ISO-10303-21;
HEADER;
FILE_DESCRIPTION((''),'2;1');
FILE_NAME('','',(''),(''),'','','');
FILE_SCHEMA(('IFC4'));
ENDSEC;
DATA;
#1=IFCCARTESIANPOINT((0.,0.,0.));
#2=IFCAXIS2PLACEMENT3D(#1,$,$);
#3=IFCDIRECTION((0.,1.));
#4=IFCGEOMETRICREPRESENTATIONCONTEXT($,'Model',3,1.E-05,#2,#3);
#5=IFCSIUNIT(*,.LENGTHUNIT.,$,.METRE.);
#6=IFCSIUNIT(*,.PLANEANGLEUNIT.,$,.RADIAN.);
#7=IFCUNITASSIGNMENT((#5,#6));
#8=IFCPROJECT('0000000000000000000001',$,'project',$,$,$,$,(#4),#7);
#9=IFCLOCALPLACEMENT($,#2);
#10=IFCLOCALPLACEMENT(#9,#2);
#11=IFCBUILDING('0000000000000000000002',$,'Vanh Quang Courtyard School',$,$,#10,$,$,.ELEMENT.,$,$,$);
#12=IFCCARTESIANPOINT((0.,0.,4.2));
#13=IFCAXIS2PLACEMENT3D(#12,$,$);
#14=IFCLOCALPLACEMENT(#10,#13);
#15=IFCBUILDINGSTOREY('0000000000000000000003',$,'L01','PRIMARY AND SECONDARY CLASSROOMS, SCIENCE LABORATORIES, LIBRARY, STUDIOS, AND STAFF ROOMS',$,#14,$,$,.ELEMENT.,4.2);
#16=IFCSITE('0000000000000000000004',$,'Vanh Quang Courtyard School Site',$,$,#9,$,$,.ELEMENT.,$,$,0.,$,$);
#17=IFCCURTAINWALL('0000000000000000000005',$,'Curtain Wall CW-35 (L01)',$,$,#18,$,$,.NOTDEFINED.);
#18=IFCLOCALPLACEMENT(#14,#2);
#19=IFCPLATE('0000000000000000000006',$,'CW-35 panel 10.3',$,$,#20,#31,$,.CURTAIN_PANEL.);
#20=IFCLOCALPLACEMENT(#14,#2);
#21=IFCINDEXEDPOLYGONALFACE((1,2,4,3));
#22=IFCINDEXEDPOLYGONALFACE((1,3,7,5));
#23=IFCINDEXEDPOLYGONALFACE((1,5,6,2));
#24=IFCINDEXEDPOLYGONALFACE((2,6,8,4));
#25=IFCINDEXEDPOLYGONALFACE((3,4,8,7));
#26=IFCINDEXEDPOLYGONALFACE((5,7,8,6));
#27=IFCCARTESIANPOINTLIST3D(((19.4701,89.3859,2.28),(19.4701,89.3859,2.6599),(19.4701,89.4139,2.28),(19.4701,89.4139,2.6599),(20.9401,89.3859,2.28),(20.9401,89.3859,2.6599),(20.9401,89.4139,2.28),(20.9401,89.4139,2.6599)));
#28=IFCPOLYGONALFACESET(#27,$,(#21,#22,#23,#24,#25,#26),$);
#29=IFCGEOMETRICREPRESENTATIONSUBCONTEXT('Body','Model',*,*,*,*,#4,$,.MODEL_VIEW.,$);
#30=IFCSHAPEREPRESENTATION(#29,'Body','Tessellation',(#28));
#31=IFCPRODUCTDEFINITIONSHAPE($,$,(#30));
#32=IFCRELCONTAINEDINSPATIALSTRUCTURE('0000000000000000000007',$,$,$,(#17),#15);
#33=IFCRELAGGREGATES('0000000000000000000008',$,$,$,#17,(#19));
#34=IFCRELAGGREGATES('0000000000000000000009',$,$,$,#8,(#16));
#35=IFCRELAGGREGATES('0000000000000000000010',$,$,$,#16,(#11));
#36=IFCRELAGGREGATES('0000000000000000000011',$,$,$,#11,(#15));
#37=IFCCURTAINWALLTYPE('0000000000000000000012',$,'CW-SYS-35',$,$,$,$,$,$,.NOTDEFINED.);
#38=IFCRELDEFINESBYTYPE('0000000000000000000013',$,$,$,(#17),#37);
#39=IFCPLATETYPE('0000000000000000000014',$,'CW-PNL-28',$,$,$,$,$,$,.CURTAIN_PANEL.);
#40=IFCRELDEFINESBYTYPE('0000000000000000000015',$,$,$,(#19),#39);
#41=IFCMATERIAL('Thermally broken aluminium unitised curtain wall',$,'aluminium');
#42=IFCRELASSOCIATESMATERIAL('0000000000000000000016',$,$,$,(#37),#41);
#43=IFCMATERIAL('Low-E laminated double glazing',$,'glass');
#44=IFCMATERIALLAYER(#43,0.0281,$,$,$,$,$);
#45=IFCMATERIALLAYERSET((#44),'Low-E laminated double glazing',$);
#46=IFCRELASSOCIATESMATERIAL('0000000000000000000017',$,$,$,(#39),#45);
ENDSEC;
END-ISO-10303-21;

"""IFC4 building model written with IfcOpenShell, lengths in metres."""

from ifc_helpers import new_model, si_unit, direction, frame, origin, origin_2d, place, context, subcontext, project, spatial, rectangle, extrude, material, layer, layer_set, type_object, element, aggregate, save


model = new_model("IFC4")

# Units and contexts
model_context = context("Model", 3, precision=1e-05, world=origin(), true_north=direction((0.0, 1.0)))
body_context = subcontext(model_context, "Body", "Model", "MODEL_VIEW")
ifc_project = project(units=[si_unit("LENGTHUNIT", "METRE"), si_unit("PLANEANGLEUNIT", "RADIAN")], contexts=[model_context])

# Site, building, storey
site_placement = place(None, origin())
site = spatial("IfcSite", under=ifc_project, at=site_placement, Name="Vanh Quang Courtyard School Site", CompositionType="ELEMENT", RefElevation=0.0)
building_placement = place(site_placement, origin())
building = spatial("IfcBuilding", under=site, at=building_placement, Name="Vanh Quang Courtyard School", CompositionType="ELEMENT")
storey_placement = place(building_placement, frame((0.0, 0.0, 4.2)))
storey = spatial("IfcBuildingStorey", under=building, at=storey_placement, Name="L01", Description="PRIMARY AND SECONDARY CLASSROOMS, SCIENCE LABORATORIES, LIBRARY, STUDIOS, AND STAFF ROOMS", CompositionType="ELEMENT", Elevation=4.2)

# Curtain wall, plate
ifc_material_1 = material(Name="Thermally broken aluminium unitised curtain wall", Category="aluminium")
curtain_wall_type = type_object("IfcCurtainWallType", Name="CW-SYS-35", PredefinedType="NOTDEFINED", material=ifc_material_1)
curtain_wall_placement = place(storey_placement, origin())
curtain_wall = element("IfcCurtainWall", 1, at=curtain_wall_placement, inside=storey, type_object=curtain_wall_type, Name="Curtain Wall CW-35 (L01)", PredefinedType="NOTDEFINED")
ifc_material_2 = material(Name="Low-E laminated double glazing", Category="glass")
ifc_layer = layer(ifc_material_2, 0.0281)
ifc_layer_set = layer_set([ifc_layer], Name="Low-E laminated double glazing")
plate_type = type_object("IfcPlateType", Name="CW-PNL-28", PredefinedType="CURTAIN_PANEL", material=ifc_layer_set)
plate_1_placement = place(storey_placement, frame((20.2051, 89.3999, 2.28), z_axis=(0.0, 0.0, 1.0), x_axis=(1.0, 0.0, 0.0)))
plate_1 = element("IfcPlate", 2, at=plate_1_placement, type_object=plate_type, Name="CW-35 panel 10.3", PredefinedType="CURTAIN_PANEL", context=body_context, shape_type="SweptSolid", body=[
    extrude(rectangle(XDim=1.47, YDim=0.0281, at=origin_2d()), origin(), (0.0, 0.0, 1.0), 0.3799),
])
aggregate(curtain_wall, [plate_1])

save(model, "model.ifc")
